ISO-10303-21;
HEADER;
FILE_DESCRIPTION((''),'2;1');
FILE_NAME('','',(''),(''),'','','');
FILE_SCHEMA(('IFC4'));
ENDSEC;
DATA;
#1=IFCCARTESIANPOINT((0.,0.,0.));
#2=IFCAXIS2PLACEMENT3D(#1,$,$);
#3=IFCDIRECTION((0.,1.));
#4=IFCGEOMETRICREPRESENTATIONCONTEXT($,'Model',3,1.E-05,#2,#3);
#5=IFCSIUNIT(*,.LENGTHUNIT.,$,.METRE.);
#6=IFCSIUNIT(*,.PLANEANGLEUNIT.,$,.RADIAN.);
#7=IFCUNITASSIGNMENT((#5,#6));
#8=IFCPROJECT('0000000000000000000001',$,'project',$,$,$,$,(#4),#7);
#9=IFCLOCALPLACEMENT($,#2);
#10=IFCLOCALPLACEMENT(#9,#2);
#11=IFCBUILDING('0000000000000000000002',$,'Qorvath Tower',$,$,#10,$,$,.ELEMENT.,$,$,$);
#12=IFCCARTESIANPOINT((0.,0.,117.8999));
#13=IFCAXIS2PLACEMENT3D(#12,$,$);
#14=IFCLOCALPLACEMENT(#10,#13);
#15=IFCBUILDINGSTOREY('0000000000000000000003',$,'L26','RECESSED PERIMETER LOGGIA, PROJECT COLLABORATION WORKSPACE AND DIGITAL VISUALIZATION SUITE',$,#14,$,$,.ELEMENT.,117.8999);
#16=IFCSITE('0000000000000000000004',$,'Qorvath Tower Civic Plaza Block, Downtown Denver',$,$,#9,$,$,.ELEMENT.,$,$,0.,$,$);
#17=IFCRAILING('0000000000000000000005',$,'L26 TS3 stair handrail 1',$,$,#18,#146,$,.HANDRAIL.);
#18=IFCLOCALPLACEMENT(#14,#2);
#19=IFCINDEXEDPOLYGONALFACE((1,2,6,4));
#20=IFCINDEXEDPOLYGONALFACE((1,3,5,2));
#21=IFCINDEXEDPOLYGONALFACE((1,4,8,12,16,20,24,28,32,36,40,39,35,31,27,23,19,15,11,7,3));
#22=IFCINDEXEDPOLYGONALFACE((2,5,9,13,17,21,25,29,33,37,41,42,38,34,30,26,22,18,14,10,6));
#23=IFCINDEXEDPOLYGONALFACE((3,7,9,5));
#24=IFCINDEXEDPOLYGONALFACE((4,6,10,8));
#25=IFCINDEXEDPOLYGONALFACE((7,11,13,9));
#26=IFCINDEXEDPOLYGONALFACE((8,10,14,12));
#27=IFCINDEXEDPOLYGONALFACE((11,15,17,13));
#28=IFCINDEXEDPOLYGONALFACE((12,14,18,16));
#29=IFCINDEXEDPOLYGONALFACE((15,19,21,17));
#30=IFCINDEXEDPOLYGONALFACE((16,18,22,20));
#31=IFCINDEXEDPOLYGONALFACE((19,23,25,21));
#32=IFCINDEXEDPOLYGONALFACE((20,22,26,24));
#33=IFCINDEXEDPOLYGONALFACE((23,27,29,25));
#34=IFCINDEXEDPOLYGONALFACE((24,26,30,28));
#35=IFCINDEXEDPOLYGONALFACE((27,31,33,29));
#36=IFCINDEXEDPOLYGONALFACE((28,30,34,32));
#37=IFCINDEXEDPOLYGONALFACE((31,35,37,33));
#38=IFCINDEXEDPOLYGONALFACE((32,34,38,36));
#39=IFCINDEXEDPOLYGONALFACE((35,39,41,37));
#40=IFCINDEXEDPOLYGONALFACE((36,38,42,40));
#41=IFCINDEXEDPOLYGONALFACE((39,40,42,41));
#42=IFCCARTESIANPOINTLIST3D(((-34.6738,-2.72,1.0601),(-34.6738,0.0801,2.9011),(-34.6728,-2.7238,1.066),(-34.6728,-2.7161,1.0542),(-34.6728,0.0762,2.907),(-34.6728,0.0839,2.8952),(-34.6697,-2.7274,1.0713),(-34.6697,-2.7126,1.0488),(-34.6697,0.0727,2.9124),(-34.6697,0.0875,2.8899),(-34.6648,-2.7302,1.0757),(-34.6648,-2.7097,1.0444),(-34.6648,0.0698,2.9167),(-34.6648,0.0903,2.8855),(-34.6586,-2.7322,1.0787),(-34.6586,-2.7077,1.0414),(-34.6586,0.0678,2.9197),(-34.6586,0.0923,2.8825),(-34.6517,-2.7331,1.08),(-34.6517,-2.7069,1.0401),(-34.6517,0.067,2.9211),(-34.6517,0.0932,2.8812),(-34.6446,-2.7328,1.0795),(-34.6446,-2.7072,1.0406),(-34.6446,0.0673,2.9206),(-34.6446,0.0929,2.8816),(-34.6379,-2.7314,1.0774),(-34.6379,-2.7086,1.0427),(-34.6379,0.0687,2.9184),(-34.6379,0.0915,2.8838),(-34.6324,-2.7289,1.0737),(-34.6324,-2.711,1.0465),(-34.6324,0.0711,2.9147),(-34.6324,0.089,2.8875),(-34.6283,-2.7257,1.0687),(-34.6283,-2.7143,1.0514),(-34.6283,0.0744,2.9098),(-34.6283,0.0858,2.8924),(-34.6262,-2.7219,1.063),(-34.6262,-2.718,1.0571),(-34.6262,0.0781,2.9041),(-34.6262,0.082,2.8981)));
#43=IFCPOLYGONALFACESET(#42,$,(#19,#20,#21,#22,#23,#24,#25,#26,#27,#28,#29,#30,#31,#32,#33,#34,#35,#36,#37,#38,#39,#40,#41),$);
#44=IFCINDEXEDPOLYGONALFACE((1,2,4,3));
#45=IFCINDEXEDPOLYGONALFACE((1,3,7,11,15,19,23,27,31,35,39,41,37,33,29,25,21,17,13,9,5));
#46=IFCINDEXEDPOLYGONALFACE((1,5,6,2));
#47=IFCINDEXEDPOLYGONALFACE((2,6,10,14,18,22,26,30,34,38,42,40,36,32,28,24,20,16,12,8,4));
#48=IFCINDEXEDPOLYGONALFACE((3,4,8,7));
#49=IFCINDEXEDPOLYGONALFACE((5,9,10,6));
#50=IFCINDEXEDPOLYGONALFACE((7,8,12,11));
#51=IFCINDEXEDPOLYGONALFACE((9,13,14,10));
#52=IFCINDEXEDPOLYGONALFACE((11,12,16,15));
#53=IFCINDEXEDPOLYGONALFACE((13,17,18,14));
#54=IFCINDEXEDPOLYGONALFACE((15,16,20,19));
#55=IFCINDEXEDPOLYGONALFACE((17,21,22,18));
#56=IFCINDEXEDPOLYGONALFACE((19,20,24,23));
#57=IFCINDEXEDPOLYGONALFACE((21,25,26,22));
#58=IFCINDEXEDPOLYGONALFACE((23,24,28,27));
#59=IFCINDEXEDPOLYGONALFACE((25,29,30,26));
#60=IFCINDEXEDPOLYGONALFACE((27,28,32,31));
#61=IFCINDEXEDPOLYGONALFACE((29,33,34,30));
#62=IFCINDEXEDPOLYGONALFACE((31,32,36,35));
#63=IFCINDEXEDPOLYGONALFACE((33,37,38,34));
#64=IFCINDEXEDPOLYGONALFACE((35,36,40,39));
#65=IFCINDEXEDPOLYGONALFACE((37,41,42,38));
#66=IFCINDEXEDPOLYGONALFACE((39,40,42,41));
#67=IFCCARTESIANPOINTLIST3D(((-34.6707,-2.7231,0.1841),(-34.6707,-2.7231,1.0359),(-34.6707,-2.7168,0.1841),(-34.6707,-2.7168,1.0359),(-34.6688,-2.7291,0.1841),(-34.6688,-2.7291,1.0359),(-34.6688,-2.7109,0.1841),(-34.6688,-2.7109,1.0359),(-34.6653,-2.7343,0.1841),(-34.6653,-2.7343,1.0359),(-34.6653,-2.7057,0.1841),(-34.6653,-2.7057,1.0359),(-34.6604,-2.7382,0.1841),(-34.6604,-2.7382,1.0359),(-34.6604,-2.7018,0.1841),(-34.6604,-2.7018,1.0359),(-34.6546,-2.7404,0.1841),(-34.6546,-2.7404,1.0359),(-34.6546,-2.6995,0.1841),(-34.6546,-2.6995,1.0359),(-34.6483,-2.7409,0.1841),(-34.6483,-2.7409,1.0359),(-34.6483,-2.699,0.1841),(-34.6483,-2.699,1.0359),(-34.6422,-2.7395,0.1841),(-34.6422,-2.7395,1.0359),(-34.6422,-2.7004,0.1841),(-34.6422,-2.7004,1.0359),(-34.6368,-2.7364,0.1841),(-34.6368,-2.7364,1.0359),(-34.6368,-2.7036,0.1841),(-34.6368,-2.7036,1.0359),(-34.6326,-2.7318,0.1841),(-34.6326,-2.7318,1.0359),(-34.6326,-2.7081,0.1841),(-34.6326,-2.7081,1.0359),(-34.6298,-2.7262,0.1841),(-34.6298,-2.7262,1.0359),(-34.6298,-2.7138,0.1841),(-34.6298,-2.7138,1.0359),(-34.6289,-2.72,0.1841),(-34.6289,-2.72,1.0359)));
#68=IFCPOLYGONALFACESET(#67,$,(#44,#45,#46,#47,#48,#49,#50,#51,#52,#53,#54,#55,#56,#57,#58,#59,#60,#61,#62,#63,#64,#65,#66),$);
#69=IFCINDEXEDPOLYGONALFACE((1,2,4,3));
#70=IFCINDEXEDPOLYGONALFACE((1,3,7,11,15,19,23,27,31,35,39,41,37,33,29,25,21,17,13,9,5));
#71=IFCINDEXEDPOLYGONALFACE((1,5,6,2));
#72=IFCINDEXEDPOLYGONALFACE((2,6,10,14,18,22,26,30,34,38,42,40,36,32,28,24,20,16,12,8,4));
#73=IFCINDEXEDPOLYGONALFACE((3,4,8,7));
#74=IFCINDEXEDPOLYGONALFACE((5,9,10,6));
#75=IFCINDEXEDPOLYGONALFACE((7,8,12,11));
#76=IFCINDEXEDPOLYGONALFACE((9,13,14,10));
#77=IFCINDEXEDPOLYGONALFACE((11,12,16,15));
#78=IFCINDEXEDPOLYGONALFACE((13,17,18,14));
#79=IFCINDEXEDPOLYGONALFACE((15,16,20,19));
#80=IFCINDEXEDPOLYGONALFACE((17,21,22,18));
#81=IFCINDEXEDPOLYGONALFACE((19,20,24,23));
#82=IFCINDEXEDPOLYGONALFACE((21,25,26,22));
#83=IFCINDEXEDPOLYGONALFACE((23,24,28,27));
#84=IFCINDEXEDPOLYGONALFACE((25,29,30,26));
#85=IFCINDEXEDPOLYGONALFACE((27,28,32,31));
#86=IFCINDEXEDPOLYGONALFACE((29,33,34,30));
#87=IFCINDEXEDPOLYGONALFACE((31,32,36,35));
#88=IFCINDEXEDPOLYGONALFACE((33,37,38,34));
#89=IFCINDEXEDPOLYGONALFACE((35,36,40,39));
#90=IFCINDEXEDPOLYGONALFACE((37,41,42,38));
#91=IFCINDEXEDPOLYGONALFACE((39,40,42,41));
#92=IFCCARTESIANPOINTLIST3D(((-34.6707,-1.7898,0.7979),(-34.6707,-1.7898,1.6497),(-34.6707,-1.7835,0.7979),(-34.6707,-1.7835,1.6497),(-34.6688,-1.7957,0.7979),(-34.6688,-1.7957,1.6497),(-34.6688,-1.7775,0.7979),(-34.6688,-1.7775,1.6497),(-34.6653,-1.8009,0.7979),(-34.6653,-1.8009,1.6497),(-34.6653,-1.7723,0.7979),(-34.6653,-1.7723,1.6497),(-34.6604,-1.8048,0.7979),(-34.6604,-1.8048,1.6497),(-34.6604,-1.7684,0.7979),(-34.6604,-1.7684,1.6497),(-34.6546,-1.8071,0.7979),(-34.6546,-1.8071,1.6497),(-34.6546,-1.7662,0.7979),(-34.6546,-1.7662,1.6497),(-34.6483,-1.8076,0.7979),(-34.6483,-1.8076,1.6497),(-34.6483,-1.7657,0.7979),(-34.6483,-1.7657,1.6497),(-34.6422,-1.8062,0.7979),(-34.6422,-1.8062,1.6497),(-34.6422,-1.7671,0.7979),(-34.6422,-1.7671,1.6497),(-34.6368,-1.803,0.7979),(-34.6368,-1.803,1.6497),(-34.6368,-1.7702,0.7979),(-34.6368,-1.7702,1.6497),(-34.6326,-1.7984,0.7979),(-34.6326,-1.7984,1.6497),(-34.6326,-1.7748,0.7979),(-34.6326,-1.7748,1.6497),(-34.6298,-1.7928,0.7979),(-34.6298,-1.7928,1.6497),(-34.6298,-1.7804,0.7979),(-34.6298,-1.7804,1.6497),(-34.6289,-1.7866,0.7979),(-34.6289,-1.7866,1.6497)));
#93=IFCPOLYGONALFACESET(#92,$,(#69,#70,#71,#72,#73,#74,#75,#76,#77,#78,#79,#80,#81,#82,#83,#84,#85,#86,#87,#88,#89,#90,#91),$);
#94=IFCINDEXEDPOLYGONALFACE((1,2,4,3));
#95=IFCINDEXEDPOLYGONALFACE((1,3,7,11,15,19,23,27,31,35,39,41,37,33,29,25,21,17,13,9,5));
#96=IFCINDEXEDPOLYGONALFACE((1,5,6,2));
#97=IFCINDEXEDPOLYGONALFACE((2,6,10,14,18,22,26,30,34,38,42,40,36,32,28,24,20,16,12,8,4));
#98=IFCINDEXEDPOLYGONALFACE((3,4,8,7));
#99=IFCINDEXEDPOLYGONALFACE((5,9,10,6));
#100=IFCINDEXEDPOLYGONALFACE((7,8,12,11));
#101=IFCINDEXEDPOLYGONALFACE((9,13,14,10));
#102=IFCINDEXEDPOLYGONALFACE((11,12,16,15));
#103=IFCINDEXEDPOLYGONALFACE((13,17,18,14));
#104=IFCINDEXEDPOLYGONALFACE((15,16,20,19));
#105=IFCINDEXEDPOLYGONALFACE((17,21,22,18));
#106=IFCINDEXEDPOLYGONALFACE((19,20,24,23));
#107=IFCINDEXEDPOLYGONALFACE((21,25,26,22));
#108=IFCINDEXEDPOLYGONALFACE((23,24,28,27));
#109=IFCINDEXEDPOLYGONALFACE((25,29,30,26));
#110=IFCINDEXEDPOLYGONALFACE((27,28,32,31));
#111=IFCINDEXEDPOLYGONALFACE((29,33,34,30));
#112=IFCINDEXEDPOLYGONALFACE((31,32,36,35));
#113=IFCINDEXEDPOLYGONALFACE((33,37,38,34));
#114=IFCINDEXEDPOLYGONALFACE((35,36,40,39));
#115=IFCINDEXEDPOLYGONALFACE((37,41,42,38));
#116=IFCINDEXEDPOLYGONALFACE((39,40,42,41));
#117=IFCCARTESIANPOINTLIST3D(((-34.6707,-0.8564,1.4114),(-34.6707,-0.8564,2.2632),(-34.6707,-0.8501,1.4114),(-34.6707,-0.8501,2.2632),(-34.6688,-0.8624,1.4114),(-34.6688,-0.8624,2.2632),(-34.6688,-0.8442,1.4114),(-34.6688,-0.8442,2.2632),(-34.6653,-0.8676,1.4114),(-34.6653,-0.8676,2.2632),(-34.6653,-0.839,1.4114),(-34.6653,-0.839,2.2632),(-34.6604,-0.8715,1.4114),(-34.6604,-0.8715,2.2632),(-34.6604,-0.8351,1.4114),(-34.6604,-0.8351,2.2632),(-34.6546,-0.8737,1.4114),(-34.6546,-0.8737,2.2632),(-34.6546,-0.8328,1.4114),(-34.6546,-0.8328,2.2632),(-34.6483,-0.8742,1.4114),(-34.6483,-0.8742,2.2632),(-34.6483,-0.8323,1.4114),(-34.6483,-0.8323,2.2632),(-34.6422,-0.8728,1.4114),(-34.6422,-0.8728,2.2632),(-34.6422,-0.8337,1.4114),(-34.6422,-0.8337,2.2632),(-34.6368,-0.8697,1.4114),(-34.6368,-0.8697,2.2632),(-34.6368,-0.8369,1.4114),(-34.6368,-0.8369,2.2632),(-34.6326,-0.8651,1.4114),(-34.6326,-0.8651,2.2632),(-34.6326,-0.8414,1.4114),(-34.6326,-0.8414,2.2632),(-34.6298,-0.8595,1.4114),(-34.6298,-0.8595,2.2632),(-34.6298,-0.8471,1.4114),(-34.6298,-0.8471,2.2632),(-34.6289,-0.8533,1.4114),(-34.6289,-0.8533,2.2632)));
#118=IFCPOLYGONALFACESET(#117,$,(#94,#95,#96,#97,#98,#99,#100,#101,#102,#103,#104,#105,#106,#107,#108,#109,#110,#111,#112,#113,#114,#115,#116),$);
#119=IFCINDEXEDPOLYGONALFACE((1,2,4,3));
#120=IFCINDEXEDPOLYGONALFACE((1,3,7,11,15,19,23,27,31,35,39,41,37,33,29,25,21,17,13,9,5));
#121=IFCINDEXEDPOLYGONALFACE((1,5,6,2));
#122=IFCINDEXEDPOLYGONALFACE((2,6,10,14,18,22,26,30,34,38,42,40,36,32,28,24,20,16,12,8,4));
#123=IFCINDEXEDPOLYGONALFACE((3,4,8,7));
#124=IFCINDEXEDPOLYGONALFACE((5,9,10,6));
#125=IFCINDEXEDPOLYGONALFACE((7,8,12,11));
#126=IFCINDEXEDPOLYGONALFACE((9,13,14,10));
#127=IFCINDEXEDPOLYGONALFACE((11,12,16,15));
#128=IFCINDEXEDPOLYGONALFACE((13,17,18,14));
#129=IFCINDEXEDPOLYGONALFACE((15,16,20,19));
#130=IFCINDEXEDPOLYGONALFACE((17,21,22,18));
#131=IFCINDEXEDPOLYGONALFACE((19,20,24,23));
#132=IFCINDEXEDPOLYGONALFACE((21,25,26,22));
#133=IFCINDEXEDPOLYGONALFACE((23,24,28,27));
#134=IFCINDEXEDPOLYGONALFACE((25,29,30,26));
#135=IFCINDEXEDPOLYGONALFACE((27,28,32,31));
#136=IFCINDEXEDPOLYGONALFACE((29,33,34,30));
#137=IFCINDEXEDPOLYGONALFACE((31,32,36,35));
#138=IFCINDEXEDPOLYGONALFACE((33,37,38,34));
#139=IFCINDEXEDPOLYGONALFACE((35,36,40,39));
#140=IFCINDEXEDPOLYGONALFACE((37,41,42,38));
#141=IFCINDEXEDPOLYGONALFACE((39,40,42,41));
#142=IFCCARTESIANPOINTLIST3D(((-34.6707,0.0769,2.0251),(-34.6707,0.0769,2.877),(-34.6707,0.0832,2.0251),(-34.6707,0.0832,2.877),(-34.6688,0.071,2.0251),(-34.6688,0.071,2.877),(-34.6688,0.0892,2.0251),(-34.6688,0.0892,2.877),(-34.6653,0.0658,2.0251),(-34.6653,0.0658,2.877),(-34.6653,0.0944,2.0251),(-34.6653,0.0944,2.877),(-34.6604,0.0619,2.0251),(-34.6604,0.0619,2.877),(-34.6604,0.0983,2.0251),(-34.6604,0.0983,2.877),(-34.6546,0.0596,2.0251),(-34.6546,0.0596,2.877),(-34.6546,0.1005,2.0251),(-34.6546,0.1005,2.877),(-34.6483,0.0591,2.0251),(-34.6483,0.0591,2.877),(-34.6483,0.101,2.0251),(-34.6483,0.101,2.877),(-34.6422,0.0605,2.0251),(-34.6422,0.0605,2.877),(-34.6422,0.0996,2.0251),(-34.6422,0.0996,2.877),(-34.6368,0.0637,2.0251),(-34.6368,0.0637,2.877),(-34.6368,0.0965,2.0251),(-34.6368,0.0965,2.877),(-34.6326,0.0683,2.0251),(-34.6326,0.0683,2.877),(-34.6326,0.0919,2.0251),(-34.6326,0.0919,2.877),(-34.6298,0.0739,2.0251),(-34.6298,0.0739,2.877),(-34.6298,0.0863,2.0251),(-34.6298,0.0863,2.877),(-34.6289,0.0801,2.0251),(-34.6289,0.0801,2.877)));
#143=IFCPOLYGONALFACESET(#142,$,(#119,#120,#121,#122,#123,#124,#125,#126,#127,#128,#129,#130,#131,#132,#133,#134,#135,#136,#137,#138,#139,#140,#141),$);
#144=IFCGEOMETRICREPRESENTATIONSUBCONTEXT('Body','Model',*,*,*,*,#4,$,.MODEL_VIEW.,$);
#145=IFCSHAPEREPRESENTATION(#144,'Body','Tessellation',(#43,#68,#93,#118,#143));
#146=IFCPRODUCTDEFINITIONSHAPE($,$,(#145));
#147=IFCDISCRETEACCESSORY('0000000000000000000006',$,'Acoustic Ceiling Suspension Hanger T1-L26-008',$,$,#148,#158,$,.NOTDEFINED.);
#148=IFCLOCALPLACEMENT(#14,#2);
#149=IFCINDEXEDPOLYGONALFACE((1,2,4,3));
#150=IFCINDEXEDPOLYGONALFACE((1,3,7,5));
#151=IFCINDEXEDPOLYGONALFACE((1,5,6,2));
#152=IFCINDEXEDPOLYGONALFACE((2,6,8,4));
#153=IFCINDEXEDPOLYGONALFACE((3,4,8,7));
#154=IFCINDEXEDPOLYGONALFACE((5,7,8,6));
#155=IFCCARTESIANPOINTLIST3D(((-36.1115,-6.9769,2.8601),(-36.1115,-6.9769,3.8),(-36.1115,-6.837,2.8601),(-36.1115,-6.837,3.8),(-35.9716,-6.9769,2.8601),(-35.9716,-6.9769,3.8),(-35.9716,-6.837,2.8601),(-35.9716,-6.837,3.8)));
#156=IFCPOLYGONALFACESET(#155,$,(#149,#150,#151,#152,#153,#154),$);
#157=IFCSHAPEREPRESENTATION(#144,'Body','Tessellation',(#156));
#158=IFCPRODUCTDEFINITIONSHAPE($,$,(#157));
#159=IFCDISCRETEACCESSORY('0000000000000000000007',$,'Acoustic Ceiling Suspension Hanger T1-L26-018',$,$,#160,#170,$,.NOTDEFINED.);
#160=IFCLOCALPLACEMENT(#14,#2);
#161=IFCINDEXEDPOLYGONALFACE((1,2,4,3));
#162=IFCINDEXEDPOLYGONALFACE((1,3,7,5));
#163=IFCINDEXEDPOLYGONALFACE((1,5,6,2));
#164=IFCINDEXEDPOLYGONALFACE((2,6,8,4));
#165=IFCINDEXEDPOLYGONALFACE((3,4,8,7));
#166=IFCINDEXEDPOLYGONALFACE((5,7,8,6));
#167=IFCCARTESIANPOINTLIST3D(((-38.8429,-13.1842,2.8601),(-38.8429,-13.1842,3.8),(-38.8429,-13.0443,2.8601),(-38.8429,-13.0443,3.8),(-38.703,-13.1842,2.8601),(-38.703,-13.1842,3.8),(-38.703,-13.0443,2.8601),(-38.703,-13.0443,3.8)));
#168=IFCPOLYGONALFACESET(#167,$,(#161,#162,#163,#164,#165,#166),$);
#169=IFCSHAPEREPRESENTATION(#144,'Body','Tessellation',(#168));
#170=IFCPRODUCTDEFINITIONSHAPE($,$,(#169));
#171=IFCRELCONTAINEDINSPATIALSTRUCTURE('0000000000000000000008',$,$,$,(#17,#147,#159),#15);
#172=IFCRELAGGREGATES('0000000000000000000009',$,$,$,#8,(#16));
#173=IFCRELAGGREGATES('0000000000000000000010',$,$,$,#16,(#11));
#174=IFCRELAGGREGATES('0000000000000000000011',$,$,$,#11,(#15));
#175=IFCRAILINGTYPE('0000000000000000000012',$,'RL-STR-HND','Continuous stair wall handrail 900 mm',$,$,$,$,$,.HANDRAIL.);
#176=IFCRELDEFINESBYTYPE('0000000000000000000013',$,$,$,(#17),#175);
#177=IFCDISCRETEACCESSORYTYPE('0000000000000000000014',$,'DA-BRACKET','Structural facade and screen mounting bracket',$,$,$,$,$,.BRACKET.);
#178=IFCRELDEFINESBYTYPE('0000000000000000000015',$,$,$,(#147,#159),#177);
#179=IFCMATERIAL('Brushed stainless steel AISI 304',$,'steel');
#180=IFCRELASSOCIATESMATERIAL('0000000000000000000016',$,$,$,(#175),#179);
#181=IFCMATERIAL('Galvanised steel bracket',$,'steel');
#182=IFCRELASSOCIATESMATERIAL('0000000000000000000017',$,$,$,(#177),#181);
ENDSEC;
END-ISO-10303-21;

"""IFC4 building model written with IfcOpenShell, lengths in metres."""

from ifc_helpers import new_model, si_unit, direction, frame, origin, origin_2d, place, context, subcontext, project, spatial, rectangle, circle, extrude, material, type_object, element, save


model = new_model("IFC4")

# Units and contexts
model_context = context("Model", 3, precision=1e-05, world=origin(), true_north=direction((0.0, 1.0)))
body_context = subcontext(model_context, "Body", "Model", "MODEL_VIEW")
ifc_project = project(units=[si_unit("LENGTHUNIT", "METRE"), si_unit("PLANEANGLEUNIT", "RADIAN")], contexts=[model_context])

# Site, building, storey
site_placement = place(None, origin())
site = spatial("IfcSite", under=ifc_project, at=site_placement, Name="Qorvath Tower Civic Plaza Block, Downtown Denver", CompositionType="ELEMENT", RefElevation=0.0)
building_placement = place(site_placement, origin())
building = spatial("IfcBuilding", under=site, at=building_placement, Name="Qorvath Tower", CompositionType="ELEMENT")
storey_placement = place(building_placement, frame((0.0, 0.0, 117.8999)))
storey = spatial("IfcBuildingStorey", under=building, at=storey_placement, Name="L26", Description="RECESSED PERIMETER LOGGIA, PROJECT COLLABORATION WORKSPACE AND DIGITAL VISUALIZATION SUITE", CompositionType="ELEMENT", Elevation=117.8999)

# Railing
ifc_material_1 = material(Name="Brushed stainless steel AISI 304", Category="steel")
railing_type_1 = type_object("IfcRailingType", Name="RL-STR-HND", Description="Continuous stair wall handrail 900 mm", PredefinedType="HANDRAIL", material=ifc_material_1)
railing_1_placement = place(storey_placement, frame((-34.6499, -2.72, 0.1841)))
element("IfcRailing", 1, at=railing_1_placement, inside=storey, type_object=railing_type_1, Name="L26 TS3 stair handrail 1", PredefinedType="HANDRAIL", context=body_context, shape_type="SweptSolid", body=[
    extrude(circle(Radius=0.0239, at=origin_2d()), frame((0.0, 0.0, 0.876), z_axis=(0.0, 0.835564, 0.549393), x_axis=(-1.0, 0.0, 0.0)), (0.0, 0.0, 1.0), 3.3511),
    extrude(circle(Radius=0.021, at=origin_2d()), origin(), (0.0, 0.0, 1.0), 0.8518),
    extrude(circle(Radius=0.021, at=origin_2d()), frame((0.0, 0.9333, 0.6138)), (0.0, 0.0, 1.0), 0.8518),
    extrude(circle(Radius=0.021, at=origin_2d()), frame((0.0, 1.8667, 1.2273)), (0.0, 0.0, 1.0), 0.8518),
    extrude(circle(Radius=0.021, at=origin_2d()), frame((0.0, 2.8, 1.8411)), (0.0, 0.0, 1.0), 0.8518),
])

# Discrete accessories
ifc_material_2 = material(Name="Galvanised steel bracket", Category="steel")
discrete_accessory_type = type_object("IfcDiscreteAccessoryType", Name="DA-BRACKET", Description="Structural facade and screen mounting bracket", PredefinedType="BRACKET", material=ifc_material_2)
for number, where, z_axis, x_axis, name in (
    (2, (-36.0415, -6.907, 2.8601), (0.0, 0.0, 1.0), (1.0, 0.0, 0.0), "Acoustic Ceiling Suspension Hanger T1-L26-008"),
    (3, (-38.7729, -13.1143, 2.8601), (0.0, 0.0, 1.0), (1.0, 0.0, 0.0), "Acoustic Ceiling Suspension Hanger T1-L26-018"),
):
    element("IfcDiscreteAccessory", number, at=place(storey_placement, frame(where, z_axis=z_axis, x_axis=x_axis)), inside=storey, type_object=discrete_accessory_type, Name=name, PredefinedType="NOTDEFINED", context=body_context, shape_type="SweptSolid", body=[
        extrude(rectangle(XDim=0.1399, YDim=0.1399, at=origin_2d()), origin(), (0.0, 0.0, 1.0), 0.9399),
    ])

save(model, "model.ifc")
